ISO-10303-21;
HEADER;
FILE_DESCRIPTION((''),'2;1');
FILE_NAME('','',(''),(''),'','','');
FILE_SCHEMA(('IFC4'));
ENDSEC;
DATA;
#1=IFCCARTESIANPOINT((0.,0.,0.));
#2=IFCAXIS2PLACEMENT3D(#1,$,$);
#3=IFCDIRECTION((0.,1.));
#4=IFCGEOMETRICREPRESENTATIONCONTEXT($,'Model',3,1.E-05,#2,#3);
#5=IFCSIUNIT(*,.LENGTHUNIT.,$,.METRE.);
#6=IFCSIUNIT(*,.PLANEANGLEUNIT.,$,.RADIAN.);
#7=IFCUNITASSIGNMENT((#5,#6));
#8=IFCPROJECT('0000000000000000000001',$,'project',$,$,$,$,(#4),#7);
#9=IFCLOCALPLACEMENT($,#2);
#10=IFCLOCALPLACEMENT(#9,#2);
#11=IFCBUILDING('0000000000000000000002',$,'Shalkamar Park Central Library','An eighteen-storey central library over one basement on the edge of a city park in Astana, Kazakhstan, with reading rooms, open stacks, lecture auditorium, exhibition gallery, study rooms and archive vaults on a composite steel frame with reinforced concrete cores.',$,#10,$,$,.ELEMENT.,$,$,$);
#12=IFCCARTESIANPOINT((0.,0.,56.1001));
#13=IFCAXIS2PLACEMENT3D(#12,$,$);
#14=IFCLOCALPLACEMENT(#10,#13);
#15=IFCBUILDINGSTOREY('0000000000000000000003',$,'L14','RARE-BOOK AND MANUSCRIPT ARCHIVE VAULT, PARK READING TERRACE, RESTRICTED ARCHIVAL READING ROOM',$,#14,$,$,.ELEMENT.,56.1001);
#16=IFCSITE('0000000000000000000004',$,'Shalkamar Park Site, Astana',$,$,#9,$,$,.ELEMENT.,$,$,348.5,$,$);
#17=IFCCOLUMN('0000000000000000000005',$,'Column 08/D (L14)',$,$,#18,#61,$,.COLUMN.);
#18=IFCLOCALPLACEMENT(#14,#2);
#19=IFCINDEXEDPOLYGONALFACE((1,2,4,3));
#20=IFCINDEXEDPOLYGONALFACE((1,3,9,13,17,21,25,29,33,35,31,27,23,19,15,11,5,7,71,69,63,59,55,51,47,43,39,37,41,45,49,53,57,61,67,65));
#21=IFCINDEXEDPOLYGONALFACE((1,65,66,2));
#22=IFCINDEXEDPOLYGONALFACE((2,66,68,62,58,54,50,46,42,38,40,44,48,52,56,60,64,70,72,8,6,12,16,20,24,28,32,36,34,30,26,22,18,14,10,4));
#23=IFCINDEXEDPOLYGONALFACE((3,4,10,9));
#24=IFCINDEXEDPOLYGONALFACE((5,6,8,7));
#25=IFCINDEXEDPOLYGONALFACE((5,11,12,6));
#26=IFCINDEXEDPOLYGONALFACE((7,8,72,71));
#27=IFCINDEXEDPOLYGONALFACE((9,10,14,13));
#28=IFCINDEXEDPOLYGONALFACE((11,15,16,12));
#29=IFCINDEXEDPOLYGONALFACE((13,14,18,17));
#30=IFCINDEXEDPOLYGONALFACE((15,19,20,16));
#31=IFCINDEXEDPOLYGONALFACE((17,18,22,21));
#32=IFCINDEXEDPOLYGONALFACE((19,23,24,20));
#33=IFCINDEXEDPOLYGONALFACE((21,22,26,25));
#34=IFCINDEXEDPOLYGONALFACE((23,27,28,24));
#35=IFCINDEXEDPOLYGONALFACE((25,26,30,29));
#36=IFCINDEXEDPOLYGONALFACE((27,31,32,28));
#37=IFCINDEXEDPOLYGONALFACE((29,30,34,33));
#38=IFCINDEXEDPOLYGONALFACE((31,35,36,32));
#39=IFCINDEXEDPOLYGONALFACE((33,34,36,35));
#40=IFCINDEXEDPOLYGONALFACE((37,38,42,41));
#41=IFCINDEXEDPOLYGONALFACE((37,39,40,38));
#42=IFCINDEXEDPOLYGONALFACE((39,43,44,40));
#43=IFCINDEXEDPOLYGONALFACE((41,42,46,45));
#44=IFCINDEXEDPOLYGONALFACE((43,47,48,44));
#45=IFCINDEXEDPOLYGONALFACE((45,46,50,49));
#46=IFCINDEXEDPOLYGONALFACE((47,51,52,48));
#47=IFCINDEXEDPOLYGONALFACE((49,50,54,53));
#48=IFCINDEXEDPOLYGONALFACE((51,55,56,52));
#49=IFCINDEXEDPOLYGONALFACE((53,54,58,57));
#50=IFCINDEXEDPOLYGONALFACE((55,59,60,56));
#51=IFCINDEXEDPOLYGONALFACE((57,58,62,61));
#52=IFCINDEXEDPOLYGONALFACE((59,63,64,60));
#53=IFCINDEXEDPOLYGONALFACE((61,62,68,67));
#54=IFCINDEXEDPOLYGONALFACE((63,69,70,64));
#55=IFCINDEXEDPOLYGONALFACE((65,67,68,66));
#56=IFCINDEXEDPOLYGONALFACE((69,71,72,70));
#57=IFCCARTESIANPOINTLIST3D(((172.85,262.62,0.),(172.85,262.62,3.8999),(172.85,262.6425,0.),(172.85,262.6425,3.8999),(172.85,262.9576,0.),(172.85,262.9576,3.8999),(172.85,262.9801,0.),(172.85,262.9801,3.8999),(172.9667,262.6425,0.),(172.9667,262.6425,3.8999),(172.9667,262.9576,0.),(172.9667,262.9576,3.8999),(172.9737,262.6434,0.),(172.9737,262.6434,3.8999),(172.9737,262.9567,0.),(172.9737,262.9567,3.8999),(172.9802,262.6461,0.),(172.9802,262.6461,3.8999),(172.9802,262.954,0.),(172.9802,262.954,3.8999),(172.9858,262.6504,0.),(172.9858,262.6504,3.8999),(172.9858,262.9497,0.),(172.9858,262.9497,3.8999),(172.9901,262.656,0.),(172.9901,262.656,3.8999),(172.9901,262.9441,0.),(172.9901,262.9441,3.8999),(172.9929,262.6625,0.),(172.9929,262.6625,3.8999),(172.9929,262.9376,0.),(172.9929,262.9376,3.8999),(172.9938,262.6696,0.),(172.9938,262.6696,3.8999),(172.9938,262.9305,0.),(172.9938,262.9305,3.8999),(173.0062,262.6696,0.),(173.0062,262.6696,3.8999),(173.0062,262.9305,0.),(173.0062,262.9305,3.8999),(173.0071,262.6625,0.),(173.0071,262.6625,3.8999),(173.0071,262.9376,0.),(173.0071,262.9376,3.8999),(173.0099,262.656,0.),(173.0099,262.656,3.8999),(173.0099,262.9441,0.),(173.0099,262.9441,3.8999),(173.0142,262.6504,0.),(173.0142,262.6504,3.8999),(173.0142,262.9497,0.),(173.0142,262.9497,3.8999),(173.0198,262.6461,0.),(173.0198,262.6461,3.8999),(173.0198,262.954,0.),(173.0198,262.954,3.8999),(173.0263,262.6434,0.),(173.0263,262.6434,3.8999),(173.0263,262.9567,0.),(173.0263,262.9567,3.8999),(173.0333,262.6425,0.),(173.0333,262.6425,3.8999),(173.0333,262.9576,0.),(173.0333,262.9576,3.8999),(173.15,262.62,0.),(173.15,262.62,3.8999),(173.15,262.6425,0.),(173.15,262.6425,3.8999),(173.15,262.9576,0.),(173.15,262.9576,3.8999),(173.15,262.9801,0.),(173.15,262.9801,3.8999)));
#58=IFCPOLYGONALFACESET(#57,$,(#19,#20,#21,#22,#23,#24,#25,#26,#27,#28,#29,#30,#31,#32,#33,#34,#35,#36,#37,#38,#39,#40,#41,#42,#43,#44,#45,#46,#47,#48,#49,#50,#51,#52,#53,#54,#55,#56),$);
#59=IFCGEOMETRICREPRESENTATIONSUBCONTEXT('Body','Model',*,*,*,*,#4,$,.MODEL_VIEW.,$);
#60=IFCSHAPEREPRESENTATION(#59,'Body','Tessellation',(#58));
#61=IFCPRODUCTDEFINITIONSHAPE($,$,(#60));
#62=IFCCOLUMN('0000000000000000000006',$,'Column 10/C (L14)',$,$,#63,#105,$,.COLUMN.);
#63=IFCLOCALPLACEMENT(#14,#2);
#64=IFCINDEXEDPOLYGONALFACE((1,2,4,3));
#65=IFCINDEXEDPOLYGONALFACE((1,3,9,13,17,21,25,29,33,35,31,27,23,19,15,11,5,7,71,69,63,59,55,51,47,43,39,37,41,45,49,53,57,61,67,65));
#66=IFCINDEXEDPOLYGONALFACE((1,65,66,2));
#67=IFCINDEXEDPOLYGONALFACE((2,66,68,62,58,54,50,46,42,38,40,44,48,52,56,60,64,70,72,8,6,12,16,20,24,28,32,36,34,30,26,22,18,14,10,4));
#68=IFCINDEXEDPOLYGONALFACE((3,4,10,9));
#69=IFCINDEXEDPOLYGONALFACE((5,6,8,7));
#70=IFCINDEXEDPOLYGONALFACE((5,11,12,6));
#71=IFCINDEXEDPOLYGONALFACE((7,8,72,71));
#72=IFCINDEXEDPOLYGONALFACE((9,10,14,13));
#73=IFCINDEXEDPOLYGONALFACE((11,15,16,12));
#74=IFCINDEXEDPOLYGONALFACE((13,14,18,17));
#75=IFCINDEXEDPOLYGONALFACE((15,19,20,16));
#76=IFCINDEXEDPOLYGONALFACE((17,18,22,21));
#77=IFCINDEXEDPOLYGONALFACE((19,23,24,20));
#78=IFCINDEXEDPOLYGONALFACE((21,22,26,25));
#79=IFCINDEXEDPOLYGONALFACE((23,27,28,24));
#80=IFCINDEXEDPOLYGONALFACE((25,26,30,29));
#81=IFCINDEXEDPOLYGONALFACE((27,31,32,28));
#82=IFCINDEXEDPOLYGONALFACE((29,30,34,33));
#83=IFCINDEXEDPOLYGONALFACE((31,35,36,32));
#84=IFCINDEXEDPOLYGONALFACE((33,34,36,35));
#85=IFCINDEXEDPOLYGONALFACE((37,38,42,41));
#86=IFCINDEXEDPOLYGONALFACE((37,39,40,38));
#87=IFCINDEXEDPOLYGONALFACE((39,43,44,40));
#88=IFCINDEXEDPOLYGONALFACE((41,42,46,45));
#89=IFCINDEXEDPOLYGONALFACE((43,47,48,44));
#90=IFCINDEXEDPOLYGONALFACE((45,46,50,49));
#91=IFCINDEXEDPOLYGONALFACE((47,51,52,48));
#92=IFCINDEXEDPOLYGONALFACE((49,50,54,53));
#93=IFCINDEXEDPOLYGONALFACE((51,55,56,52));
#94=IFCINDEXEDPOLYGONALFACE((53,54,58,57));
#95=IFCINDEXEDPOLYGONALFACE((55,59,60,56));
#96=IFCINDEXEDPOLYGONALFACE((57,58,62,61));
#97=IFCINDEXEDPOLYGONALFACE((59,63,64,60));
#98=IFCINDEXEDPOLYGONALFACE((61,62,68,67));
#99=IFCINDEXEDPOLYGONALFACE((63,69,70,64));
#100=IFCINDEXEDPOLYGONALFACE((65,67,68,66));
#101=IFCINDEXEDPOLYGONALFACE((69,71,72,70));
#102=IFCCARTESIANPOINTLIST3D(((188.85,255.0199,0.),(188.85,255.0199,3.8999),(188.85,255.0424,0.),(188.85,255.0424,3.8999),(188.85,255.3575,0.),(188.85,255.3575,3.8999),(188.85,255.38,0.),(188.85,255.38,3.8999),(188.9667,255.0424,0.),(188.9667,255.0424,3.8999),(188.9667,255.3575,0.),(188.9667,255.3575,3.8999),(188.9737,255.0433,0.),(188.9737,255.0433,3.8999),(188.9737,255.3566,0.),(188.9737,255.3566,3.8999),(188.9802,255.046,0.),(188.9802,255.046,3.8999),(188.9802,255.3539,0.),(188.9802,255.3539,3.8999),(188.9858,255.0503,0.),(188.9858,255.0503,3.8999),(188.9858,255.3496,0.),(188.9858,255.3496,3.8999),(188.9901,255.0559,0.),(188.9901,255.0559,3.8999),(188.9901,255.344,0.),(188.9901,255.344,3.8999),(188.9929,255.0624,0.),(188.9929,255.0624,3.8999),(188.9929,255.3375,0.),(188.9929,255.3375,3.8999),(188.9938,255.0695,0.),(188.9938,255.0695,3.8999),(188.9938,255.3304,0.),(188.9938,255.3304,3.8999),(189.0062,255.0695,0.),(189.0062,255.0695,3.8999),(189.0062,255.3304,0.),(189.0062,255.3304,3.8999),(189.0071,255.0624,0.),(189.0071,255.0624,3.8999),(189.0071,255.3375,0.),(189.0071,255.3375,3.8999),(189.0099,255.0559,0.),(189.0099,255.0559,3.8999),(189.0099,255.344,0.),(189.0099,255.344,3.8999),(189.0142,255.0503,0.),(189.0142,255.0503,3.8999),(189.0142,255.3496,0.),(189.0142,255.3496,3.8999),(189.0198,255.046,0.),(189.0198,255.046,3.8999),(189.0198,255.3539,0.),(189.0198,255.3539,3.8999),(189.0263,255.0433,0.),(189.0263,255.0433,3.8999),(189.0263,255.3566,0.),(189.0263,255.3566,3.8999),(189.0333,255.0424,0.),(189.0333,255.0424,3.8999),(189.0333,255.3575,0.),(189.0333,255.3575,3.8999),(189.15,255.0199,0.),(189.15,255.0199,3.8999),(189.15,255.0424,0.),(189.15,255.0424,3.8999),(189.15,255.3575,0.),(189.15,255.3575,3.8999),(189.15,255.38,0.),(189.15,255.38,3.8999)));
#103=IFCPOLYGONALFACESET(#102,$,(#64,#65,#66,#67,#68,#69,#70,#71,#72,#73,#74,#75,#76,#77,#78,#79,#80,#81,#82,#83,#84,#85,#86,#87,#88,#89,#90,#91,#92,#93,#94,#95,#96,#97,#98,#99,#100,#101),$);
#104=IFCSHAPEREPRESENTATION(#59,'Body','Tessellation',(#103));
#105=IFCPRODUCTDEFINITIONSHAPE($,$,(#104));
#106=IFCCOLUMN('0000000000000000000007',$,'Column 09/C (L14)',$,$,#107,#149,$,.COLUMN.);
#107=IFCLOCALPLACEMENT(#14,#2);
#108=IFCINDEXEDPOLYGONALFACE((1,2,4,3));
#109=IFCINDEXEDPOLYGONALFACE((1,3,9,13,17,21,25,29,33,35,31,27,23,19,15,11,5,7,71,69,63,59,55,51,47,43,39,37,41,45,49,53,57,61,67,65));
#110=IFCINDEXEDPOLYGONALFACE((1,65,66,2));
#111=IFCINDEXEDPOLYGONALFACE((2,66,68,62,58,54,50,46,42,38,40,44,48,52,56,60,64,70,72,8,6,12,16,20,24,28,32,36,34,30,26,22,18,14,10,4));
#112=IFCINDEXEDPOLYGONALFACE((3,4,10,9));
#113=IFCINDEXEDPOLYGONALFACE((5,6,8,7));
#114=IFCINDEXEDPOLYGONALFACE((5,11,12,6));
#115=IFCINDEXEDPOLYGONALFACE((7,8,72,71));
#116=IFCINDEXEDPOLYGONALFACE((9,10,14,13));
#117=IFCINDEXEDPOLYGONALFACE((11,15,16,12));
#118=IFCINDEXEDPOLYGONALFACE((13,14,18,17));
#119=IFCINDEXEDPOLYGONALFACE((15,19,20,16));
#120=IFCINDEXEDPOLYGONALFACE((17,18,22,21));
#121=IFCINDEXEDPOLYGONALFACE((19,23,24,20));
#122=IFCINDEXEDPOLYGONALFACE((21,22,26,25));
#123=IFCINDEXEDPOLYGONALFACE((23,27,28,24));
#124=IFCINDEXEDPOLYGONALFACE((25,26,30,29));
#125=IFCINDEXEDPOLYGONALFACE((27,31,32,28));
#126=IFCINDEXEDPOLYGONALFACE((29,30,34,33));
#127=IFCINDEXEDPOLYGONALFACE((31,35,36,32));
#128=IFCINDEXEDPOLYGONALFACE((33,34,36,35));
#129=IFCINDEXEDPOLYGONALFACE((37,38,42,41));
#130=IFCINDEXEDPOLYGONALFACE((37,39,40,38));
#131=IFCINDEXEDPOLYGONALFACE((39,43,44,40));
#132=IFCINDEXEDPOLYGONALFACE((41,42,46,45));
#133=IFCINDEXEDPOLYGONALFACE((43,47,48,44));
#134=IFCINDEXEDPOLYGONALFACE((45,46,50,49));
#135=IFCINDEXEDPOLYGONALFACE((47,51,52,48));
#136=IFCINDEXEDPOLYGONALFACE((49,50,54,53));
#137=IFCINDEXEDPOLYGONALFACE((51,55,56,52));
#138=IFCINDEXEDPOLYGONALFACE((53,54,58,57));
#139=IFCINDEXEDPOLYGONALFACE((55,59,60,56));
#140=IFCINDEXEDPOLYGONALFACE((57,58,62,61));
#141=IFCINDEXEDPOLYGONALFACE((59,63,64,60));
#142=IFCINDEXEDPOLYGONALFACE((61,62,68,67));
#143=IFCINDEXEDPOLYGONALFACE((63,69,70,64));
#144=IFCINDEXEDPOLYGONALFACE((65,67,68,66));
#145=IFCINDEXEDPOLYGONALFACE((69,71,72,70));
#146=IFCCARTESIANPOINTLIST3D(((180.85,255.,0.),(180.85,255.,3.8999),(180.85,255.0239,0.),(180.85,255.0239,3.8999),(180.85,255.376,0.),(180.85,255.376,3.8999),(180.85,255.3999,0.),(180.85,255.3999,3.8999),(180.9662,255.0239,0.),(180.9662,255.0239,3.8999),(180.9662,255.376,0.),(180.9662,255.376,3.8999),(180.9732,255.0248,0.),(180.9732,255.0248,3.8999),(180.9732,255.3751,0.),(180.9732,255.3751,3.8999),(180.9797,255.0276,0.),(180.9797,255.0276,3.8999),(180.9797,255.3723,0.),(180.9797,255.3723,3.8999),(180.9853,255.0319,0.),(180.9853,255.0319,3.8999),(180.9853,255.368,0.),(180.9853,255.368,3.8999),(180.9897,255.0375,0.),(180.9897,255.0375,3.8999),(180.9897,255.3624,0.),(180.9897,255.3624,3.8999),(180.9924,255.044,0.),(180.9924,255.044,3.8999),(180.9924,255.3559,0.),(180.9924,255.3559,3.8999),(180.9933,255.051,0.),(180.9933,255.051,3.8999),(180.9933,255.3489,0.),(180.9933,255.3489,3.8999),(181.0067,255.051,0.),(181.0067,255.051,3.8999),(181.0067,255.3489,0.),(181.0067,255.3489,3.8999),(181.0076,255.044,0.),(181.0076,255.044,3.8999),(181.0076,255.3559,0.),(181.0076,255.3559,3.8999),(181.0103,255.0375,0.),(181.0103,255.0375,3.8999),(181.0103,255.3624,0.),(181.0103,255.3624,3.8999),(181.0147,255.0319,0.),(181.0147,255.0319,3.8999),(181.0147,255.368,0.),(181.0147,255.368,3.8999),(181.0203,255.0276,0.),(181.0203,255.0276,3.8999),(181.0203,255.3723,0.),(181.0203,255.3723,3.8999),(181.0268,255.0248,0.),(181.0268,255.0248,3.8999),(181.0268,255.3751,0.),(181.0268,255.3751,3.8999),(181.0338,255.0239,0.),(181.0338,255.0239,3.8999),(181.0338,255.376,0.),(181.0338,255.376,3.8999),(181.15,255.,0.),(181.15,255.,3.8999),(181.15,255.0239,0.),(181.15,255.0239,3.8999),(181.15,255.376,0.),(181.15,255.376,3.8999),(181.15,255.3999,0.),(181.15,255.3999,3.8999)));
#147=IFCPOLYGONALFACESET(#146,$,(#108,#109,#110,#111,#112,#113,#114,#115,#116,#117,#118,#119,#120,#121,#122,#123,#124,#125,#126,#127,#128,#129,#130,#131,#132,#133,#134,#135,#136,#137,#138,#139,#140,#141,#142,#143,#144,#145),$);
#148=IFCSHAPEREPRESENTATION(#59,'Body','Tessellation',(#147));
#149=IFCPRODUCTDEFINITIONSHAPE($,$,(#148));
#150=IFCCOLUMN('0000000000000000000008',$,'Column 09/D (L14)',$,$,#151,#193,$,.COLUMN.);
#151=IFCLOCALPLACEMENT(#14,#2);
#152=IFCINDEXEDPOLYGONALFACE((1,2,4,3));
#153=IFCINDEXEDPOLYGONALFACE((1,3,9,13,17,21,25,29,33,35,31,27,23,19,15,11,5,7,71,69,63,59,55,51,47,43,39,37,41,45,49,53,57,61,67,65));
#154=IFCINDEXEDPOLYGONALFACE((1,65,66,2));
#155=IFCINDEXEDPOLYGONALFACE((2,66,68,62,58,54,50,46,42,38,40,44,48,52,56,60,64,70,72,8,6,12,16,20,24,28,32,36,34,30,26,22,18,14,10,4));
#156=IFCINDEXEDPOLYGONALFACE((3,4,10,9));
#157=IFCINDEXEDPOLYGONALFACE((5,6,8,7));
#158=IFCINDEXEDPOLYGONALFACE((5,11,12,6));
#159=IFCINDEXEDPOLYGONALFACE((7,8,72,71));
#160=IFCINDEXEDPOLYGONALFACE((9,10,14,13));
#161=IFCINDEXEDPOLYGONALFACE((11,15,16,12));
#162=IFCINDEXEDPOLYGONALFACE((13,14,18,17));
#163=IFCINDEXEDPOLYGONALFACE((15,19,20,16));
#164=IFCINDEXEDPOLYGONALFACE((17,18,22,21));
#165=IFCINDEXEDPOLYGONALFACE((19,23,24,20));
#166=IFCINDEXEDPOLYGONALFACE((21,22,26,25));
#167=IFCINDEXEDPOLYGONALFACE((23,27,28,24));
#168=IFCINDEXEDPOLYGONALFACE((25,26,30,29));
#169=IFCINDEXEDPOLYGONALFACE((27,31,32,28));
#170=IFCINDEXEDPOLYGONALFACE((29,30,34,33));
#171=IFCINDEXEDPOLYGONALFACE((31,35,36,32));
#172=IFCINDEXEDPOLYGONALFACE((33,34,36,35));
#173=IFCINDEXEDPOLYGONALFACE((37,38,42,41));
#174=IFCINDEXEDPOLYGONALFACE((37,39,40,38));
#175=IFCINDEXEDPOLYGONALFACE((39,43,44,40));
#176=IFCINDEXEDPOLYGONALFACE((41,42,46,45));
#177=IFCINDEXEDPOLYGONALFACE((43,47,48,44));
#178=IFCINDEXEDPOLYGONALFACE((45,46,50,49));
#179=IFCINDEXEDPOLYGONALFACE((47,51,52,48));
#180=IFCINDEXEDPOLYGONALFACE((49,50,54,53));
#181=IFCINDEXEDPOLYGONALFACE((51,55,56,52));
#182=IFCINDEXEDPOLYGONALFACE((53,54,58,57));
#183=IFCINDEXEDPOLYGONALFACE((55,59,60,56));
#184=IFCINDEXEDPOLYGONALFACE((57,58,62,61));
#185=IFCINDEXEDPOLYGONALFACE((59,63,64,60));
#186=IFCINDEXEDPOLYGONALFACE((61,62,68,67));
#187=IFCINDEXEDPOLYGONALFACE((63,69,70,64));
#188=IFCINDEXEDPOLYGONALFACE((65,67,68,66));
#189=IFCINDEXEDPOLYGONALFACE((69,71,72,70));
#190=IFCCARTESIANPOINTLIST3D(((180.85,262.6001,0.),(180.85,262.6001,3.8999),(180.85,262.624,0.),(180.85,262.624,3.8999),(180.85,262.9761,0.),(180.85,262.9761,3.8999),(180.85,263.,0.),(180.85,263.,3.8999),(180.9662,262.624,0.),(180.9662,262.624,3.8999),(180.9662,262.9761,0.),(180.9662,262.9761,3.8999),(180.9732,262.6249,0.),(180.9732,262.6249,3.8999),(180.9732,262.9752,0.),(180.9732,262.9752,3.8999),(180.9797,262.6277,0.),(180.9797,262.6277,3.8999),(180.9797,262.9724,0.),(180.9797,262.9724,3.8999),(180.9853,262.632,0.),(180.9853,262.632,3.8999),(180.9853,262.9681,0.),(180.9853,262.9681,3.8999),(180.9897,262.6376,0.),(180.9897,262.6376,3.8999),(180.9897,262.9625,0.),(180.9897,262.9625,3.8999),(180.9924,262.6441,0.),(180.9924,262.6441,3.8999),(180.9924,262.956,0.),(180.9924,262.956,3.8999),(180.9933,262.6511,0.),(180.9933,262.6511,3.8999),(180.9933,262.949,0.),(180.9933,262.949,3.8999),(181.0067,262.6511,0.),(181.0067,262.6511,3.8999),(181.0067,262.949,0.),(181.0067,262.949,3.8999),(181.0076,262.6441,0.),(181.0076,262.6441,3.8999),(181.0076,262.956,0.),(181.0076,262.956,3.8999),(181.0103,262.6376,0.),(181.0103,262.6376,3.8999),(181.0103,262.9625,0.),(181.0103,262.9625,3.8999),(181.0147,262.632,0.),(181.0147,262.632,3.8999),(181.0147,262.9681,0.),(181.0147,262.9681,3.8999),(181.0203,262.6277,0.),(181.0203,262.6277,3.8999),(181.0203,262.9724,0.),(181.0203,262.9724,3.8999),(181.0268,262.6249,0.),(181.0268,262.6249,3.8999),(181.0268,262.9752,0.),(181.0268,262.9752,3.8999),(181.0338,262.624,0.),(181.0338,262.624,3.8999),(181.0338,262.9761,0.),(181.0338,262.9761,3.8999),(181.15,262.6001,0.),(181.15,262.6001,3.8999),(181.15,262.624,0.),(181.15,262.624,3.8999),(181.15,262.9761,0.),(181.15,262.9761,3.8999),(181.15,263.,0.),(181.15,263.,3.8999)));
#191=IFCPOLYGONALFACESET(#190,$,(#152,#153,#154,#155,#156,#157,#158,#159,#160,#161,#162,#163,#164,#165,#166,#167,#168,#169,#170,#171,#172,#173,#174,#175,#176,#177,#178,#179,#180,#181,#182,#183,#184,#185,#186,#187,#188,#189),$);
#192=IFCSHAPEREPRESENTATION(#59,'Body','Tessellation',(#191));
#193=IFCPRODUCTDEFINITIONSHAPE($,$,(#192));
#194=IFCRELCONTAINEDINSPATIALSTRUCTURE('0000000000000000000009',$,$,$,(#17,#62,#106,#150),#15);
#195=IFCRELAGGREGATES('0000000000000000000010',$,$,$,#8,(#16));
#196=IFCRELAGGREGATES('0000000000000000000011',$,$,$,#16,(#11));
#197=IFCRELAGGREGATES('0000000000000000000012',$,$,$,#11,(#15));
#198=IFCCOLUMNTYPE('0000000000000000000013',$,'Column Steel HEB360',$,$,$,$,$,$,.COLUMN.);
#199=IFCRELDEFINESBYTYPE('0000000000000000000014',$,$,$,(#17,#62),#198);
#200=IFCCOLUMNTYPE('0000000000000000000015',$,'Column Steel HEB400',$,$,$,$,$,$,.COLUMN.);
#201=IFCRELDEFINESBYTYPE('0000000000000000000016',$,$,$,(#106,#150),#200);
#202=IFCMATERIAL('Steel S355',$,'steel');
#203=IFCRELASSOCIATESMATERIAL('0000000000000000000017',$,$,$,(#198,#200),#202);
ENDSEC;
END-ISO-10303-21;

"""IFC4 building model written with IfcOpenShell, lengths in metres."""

from ifc_helpers import new_model, si_unit, direction, frame, origin, origin_2d, place, context, subcontext, project, spatial, i_section, extrude, material, material_profile, profile_set, type_object, element, save


model = new_model("IFC4")

# Units and contexts
model_context = context("Model", 3, precision=1e-05, world=origin(), true_north=direction((0.0, 1.0)))
body_context = subcontext(model_context, "Body", "Model", "MODEL_VIEW")
ifc_project = project(units=[si_unit("LENGTHUNIT", "METRE"), si_unit("PLANEANGLEUNIT", "RADIAN")], contexts=[model_context])

# Site, building, storey
site_placement = place(None, origin())
site = spatial("IfcSite", under=ifc_project, at=site_placement, Name="Shalkamar Park Site, Astana", CompositionType="ELEMENT", RefElevation=348.5)
building_placement = place(site_placement, origin())
building = spatial("IfcBuilding", under=site, at=building_placement, Name="Shalkamar Park Central Library", Description="An eighteen-storey central library over one basement on the edge of a city park in Astana, Kazakhstan, with reading rooms, open stacks, lecture auditorium, exhibition gallery, study rooms and archive vaults on a composite steel frame with reinforced concrete cores.", CompositionType="ELEMENT")
storey_placement = place(building_placement, frame((0.0, 0.0, 56.1001)))
storey = spatial("IfcBuildingStorey", under=building, at=storey_placement, Name="L14", Description="RARE-BOOK AND MANUSCRIPT ARCHIVE VAULT, PARK READING TERRACE, RESTRICTED ARCHIVAL READING ROOM", CompositionType="ELEMENT", Elevation=56.1001)

# Columns
ifc_material_1 = material(Name="Steel S355", Category="steel")
ifc_material_profile_1 = material_profile(ifc_material_1, i_section(OverallWidth=0.3, OverallDepth=0.3601, WebThickness=0.0125, FlangeThickness=0.0225, FilletRadius=0.0271, at=origin_2d()), Name="HEB 360")
ifc_profile_set_1 = profile_set([ifc_material_profile_1], Name="Steel S355")
column_type_1 = type_object("IfcColumnType", Name="Column Steel HEB360", PredefinedType="COLUMN", material=ifc_profile_set_1)
for number, where, z_axis, x_axis, name in (
    (1, (173.0, 262.8, 0.0), (0.0, 0.0, 1.0), (1.0, 0.0, 0.0), "Column 08/D (L14)"),
    (2, (189.0, 255.2, 0.0), (0.0, 0.0, 1.0), (1.0, 0.0, 0.0), "Column 10/C (L14)"),
):
    element("IfcColumn", number, at=place(storey_placement, frame(where, z_axis=z_axis, x_axis=x_axis)), inside=storey, type_object=column_type_1, Name=name, PredefinedType="COLUMN", context=body_context, shape_type="SweptSolid", body=[
        extrude(i_section(OverallWidth=0.3, OverallDepth=0.3601, WebThickness=0.0125, FlangeThickness=0.0225, FilletRadius=0.0271, at=origin_2d()), origin(), (0.0, 0.0, 1.0), 3.8999),
    ])
ifc_material_profile_2 = material_profile(ifc_material_1, i_section(OverallWidth=0.3, OverallDepth=0.3999, WebThickness=0.0134, FlangeThickness=0.0239, FilletRadius=0.0271, at=origin_2d()), Name="HEB 400")
ifc_profile_set_2 = profile_set([ifc_material_profile_2], Name="Steel S355")
column_type_2 = type_object("IfcColumnType", Name="Column Steel HEB400", PredefinedType="COLUMN", material=ifc_profile_set_2)
for number, where, z_axis, x_axis, name in (
    (3, (181.0, 255.2, 0.0), (0.0, 0.0, 1.0), (1.0, 0.0, 0.0), "Column 09/C (L14)"),
    (4, (181.0, 262.8, 0.0), (0.0, 0.0, 1.0), (1.0, 0.0, 0.0), "Column 09/D (L14)"),
):
    element("IfcColumn", number, at=place(storey_placement, frame(where, z_axis=z_axis, x_axis=x_axis)), inside=storey, type_object=column_type_2, Name=name, PredefinedType="COLUMN", context=body_context, shape_type="SweptSolid", body=[
        extrude(i_section(OverallWidth=0.3, OverallDepth=0.3999, WebThickness=0.0134, FlangeThickness=0.0239, FilletRadius=0.0271, at=origin_2d()), origin(), (0.0, 0.0, 1.0), 3.8999),
    ])

save(model, "model.ifc")
